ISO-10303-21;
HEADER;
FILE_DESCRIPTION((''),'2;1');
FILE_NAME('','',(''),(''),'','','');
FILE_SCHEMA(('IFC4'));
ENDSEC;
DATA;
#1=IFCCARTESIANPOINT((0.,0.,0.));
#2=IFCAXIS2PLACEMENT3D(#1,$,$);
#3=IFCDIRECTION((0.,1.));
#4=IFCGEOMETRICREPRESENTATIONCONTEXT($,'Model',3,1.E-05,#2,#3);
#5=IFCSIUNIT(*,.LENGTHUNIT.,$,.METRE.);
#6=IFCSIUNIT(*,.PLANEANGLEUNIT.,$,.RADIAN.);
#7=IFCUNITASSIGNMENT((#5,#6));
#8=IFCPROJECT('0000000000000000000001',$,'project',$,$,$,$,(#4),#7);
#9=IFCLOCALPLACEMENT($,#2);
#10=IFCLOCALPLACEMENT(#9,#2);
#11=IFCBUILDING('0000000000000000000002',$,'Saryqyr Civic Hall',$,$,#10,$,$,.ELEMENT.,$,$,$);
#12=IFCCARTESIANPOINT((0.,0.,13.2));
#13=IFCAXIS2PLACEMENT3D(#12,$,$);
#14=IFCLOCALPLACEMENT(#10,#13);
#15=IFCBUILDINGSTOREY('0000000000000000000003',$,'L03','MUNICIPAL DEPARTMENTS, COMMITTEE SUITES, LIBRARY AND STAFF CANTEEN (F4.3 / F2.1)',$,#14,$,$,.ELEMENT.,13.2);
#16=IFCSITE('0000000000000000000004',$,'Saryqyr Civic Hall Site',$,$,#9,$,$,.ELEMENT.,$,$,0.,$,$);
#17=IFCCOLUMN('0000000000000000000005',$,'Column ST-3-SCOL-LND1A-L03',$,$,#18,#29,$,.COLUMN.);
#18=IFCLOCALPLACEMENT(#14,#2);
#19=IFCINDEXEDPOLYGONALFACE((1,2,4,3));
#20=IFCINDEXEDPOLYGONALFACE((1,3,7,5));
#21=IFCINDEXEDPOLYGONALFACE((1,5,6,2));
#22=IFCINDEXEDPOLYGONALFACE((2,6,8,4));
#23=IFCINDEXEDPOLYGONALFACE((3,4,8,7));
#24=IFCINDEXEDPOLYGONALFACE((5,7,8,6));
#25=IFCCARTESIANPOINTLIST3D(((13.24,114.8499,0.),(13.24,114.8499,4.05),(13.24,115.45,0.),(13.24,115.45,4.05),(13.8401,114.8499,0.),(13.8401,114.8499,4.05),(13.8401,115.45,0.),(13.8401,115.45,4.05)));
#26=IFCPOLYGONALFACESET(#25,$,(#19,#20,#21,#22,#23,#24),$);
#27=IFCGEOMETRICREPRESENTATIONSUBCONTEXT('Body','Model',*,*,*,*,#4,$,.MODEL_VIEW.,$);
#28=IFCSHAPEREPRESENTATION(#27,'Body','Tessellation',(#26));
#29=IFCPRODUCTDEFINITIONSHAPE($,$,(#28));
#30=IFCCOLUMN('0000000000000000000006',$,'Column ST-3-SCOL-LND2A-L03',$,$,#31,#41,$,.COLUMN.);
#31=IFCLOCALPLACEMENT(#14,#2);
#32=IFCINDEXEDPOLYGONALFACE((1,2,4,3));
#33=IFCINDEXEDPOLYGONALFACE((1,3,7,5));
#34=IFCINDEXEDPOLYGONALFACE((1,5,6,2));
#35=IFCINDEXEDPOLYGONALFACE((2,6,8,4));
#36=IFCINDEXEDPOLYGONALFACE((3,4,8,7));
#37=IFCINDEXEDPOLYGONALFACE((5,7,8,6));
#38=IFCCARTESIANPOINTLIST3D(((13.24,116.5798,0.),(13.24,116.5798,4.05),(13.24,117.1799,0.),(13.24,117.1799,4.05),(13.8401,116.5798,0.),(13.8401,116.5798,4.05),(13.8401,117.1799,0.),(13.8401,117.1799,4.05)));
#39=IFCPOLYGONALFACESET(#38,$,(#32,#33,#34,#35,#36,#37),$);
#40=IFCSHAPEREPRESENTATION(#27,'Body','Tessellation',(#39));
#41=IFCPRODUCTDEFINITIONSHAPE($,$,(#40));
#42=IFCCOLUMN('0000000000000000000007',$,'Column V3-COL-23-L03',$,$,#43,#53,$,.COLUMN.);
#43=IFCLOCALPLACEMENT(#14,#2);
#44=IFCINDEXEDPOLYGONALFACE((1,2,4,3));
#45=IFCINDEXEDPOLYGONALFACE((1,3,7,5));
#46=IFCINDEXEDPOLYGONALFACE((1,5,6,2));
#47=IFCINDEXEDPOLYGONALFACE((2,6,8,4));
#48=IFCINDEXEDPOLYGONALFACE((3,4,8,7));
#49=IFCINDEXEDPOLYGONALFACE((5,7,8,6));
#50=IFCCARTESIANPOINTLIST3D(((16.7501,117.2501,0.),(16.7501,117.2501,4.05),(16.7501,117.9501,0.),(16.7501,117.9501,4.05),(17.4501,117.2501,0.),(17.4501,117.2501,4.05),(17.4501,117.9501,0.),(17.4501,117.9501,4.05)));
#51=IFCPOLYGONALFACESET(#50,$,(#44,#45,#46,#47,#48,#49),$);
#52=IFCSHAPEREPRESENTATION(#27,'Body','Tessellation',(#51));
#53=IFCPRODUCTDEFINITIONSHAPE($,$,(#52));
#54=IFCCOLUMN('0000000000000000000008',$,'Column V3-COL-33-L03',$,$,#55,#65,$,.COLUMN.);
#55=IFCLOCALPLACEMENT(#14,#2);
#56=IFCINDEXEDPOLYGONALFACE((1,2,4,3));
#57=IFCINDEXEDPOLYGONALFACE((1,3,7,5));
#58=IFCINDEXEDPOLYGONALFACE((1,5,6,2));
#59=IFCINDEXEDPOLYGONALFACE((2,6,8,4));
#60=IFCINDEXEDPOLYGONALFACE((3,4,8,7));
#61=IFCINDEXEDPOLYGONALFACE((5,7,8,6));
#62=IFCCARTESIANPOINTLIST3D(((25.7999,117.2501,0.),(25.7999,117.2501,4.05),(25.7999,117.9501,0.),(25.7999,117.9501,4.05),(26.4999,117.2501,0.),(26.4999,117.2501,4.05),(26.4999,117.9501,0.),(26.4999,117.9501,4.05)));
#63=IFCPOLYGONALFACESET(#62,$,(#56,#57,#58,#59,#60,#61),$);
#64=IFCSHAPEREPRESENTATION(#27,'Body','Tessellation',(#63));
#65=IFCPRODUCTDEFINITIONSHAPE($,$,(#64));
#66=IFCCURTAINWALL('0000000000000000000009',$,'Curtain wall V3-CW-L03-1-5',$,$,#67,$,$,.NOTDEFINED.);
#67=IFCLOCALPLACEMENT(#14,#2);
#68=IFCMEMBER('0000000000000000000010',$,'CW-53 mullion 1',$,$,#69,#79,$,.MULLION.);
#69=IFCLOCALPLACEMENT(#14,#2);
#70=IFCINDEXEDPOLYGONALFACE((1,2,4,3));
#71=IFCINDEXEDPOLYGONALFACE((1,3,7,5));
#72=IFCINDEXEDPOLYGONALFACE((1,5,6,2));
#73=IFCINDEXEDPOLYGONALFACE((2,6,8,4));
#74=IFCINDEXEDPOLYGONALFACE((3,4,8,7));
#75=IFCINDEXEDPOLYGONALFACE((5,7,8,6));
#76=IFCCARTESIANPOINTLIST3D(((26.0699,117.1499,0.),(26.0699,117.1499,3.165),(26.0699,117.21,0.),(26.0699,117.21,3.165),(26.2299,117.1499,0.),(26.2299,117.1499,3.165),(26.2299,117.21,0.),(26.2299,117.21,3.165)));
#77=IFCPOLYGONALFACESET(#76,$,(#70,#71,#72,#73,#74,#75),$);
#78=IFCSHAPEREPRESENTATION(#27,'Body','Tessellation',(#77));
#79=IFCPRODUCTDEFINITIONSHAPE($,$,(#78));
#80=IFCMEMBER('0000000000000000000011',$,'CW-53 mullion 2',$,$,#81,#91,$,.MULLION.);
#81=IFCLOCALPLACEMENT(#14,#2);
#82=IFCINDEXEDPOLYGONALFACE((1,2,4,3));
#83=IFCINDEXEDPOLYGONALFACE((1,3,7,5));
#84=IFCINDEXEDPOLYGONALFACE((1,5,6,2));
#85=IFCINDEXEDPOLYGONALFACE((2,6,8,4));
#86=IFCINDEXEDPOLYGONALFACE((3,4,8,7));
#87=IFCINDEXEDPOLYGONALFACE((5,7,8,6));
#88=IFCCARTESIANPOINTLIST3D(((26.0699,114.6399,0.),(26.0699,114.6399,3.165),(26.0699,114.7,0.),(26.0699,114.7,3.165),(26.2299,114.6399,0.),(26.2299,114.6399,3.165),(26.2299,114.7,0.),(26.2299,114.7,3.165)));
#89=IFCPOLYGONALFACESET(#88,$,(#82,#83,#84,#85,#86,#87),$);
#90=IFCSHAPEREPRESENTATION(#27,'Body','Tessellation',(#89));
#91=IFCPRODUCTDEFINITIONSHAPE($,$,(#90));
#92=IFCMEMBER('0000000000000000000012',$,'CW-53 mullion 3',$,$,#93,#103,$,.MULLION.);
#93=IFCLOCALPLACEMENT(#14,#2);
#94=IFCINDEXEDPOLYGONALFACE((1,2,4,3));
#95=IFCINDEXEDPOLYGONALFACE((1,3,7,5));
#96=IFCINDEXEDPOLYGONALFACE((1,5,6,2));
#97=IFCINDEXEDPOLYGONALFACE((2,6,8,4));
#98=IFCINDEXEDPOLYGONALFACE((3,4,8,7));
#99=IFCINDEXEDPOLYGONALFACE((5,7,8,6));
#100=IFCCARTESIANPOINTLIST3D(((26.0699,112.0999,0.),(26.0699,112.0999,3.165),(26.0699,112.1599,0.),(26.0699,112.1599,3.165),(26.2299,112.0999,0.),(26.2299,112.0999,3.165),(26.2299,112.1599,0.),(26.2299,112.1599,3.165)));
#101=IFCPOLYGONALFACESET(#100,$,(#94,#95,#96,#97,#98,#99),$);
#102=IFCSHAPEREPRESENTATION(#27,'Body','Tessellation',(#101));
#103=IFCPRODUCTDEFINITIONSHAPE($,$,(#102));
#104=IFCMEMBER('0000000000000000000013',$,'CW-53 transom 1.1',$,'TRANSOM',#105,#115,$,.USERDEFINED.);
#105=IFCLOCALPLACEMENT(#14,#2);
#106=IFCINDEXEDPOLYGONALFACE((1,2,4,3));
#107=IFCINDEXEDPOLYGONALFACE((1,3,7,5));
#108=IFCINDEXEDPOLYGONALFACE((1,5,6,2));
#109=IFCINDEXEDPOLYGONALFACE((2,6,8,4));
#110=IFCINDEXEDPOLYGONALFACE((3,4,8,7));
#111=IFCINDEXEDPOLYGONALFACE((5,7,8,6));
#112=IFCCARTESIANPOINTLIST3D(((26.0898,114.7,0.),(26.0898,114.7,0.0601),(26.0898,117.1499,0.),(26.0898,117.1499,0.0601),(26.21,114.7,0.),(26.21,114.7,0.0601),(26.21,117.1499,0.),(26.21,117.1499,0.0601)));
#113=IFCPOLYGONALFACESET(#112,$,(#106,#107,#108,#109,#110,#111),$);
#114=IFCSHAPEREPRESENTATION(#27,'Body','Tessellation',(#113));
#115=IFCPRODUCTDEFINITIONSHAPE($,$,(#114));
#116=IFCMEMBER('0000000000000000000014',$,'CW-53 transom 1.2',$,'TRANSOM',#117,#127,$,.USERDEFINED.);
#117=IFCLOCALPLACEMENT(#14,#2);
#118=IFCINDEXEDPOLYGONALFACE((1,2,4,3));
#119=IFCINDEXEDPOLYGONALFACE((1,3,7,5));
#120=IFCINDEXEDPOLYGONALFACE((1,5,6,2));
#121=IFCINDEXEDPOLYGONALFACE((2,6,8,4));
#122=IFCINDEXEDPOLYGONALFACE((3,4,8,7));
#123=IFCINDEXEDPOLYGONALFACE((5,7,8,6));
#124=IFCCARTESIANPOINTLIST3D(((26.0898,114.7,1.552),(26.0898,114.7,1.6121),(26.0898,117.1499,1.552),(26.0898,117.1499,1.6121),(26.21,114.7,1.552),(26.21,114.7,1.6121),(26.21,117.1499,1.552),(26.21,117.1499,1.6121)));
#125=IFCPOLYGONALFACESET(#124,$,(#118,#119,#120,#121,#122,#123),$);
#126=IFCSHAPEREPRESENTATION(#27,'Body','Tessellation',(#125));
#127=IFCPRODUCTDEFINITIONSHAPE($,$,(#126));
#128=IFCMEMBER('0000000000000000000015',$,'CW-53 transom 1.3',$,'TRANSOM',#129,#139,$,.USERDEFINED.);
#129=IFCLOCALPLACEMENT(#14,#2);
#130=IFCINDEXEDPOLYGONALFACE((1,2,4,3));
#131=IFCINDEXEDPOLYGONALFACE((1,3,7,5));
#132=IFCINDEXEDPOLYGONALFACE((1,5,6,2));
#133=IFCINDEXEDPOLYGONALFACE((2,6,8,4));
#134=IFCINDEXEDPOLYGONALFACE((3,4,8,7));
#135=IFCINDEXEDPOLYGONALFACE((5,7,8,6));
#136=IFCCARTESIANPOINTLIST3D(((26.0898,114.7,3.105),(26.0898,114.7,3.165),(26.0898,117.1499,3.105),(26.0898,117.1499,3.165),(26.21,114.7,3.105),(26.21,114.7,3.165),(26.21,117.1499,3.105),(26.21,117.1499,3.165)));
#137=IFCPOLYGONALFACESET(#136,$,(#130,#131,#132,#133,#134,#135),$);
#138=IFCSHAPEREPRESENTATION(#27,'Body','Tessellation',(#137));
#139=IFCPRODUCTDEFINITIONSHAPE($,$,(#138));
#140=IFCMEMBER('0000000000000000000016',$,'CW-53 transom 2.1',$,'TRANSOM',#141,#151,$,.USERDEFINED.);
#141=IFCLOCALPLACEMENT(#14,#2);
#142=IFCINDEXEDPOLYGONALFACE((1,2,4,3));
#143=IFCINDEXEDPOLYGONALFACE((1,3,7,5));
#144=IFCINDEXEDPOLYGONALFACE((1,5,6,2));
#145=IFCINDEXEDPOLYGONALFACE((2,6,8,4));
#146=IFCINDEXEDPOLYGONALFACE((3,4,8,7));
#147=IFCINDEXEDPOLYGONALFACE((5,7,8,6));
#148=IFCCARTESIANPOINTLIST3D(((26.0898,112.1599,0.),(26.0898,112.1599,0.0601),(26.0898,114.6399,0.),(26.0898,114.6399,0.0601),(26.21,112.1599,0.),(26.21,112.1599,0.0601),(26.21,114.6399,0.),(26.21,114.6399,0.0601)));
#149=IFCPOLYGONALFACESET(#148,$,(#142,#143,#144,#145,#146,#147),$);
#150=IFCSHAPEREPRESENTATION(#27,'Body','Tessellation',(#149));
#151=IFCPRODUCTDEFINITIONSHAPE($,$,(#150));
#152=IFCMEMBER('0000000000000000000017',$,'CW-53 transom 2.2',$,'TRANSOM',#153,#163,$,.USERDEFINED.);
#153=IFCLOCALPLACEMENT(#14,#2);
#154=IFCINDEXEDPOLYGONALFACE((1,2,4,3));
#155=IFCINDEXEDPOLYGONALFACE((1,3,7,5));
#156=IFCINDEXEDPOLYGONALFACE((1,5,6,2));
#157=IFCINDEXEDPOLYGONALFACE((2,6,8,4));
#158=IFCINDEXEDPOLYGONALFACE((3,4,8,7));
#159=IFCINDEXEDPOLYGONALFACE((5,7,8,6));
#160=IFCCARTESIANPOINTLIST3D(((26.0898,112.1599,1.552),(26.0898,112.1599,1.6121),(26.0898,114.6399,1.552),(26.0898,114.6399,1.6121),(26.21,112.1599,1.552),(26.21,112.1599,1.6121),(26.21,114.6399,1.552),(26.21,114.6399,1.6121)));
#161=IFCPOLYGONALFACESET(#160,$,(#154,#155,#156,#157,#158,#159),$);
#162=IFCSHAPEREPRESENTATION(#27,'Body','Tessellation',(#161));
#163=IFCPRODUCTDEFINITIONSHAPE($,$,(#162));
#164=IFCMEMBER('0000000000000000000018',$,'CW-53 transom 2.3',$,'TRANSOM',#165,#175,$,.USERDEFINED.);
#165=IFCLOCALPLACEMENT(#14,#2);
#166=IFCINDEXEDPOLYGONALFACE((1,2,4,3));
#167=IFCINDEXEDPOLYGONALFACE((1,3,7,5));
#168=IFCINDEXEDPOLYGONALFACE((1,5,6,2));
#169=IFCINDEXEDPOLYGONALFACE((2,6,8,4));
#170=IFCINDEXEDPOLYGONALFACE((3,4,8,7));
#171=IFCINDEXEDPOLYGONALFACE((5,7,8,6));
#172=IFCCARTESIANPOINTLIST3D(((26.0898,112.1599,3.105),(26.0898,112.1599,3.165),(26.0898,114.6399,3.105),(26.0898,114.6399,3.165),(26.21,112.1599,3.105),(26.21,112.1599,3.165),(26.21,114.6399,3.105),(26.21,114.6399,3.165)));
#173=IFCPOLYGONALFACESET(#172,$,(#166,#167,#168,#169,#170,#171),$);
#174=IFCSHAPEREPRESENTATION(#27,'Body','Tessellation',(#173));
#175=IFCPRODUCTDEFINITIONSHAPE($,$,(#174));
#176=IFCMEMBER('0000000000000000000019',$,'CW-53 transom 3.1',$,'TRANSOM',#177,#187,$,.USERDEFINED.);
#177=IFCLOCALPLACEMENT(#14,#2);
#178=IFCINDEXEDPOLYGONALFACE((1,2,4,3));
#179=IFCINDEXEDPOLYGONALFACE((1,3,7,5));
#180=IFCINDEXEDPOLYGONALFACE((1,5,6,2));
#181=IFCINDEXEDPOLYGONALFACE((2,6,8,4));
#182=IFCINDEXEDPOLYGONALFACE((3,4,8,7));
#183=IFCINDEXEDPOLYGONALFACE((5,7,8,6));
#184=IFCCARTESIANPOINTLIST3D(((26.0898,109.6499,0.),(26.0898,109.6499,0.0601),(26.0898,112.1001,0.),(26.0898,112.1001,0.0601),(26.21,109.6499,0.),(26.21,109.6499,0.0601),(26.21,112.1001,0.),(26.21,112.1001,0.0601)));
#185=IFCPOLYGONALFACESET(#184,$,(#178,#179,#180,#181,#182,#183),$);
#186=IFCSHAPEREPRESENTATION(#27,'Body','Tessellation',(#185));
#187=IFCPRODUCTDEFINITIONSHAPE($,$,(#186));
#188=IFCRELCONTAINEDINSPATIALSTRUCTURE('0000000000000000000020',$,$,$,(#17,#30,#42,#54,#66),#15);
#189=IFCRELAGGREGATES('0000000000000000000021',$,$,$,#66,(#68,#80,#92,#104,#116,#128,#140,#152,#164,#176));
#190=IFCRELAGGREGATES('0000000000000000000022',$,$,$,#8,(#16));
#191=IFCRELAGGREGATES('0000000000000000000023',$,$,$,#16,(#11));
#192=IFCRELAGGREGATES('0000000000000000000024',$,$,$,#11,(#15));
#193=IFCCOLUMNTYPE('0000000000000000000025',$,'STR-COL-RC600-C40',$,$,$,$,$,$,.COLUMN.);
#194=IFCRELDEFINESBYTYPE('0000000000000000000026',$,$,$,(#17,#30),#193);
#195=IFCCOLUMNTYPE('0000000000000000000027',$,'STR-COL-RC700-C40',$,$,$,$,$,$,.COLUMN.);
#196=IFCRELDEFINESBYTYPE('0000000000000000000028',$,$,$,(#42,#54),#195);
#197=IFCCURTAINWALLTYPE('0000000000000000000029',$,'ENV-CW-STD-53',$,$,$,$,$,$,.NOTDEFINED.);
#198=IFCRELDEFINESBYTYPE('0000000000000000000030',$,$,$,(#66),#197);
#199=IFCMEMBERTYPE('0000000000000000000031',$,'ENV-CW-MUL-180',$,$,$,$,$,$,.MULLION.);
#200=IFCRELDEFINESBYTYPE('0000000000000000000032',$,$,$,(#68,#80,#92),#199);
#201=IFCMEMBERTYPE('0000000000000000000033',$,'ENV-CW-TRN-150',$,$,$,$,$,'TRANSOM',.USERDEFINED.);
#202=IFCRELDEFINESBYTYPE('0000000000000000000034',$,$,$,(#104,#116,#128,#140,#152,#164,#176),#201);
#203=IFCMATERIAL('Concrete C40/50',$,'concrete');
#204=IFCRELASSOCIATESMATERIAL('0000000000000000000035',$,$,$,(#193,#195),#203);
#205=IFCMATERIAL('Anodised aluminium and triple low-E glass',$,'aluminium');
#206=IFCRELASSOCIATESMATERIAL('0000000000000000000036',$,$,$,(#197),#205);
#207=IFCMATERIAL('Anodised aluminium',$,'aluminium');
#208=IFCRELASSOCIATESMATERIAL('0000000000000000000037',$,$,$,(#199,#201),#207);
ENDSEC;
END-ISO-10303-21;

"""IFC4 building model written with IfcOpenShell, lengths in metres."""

from ifc_helpers import new_model, si_unit, direction, frame, origin, origin_2d, place, context, subcontext, project, spatial, rectangle, extrude, material, material_profile, profile_set, type_object, element, aggregate, save


model = new_model("IFC4")

# Units and contexts
model_context = context("Model", 3, precision=1e-05, world=origin(), true_north=direction((0.0, 1.0)))
body_context = subcontext(model_context, "Body", "Model", "MODEL_VIEW")
ifc_project = project(units=[si_unit("LENGTHUNIT", "METRE"), si_unit("PLANEANGLEUNIT", "RADIAN")], contexts=[model_context])

# Site, building, storey
site_placement = place(None, origin())
site = spatial("IfcSite", under=ifc_project, at=site_placement, Name="Saryqyr Civic Hall Site", CompositionType="ELEMENT", RefElevation=0.0)
building_placement = place(site_placement, origin())
building = spatial("IfcBuilding", under=site, at=building_placement, Name="Saryqyr Civic Hall", CompositionType="ELEMENT")
storey_placement = place(building_placement, frame((0.0, 0.0, 13.2)))
storey = spatial("IfcBuildingStorey", under=building, at=storey_placement, Name="L03", Description="MUNICIPAL DEPARTMENTS, COMMITTEE SUITES, LIBRARY AND STAFF CANTEEN (F4.3 / F2.1)", CompositionType="ELEMENT", Elevation=13.2)

# Columns
ifc_material_1 = material(Name="Concrete C40/50", Category="concrete")
ifc_material_profile_1 = material_profile(ifc_material_1, rectangle(XDim=0.6001, YDim=0.6001, at=origin_2d()), Name="RC 600x600")
ifc_profile_set_1 = profile_set([ifc_material_profile_1], Name="Concrete C40/50")
column_type_1 = type_object("IfcColumnType", Name="STR-COL-RC600-C40", PredefinedType="COLUMN", material=ifc_profile_set_1)
for number, where, z_axis, x_axis, name in (
    (1, (13.54, 115.1499, 0.0), (0.0, 0.0, 1.0), (1.0, 0.0, 0.0), "Column ST-3-SCOL-LND1A-L03"),
    (2, (13.54, 116.8799, 0.0), (0.0, 0.0, 1.0), (1.0, 0.0, 0.0), "Column ST-3-SCOL-LND2A-L03"),
):
    element("IfcColumn", number, at=place(storey_placement, frame(where, z_axis=z_axis, x_axis=x_axis)), inside=storey, type_object=column_type_1, Name=name, PredefinedType="COLUMN", context=body_context, shape_type="SweptSolid", body=[
        extrude(rectangle(XDim=0.6001, YDim=0.6001, at=origin_2d()), origin(), (0.0, 0.0, 1.0), 4.05),
    ])
ifc_material_profile_2 = material_profile(ifc_material_1, rectangle(XDim=0.7, YDim=0.7, at=origin_2d()), Name="RC 700x700")
ifc_profile_set_2 = profile_set([ifc_material_profile_2], Name="Concrete C40/50")
column_type_2 = type_object("IfcColumnType", Name="STR-COL-RC700-C40", PredefinedType="COLUMN", material=ifc_profile_set_2)
for number, where, z_axis, x_axis, name in (
    (3, (17.1001, 117.6001, 0.0), (0.0, 0.0, 1.0), (1.0, 0.0, 0.0), "Column V3-COL-23-L03"),
    (4, (26.1499, 117.6001, 0.0), (0.0, 0.0, 1.0), (1.0, 0.0, 0.0), "Column V3-COL-33-L03"),
):
    element("IfcColumn", number, at=place(storey_placement, frame(where, z_axis=z_axis, x_axis=x_axis)), inside=storey, type_object=column_type_2, Name=name, PredefinedType="COLUMN", context=body_context, shape_type="SweptSolid", body=[
        extrude(rectangle(XDim=0.7, YDim=0.7, at=origin_2d()), origin(), (0.0, 0.0, 1.0), 4.05),
    ])

# Curtain wall, members
ifc_material_2 = material(Name="Anodised aluminium and triple low-E glass", Category="aluminium")
curtain_wall_type = type_object("IfcCurtainWallType", Name="ENV-CW-STD-53", PredefinedType="NOTDEFINED", material=ifc_material_2)
curtain_wall_placement = place(storey_placement, origin())
curtain_wall = element("IfcCurtainWall", 5, at=curtain_wall_placement, inside=storey, type_object=curtain_wall_type, Name="Curtain wall V3-CW-L03-1-5", PredefinedType="NOTDEFINED")
ifc_material_3 = material(Name="Anodised aluminium", Category="aluminium")
ifc_material_profile_3 = material_profile(ifc_material_3, rectangle(XDim=0.0601, YDim=0.1599, at=origin_2d()), Name="ALU MULLION 60x160")
ifc_profile_set_3 = profile_set([ifc_material_profile_3], Name="Anodised aluminium")
member_type_1 = type_object("IfcMemberType", Name="ENV-CW-MUL-180", PredefinedType="MULLION", material=ifc_profile_set_3)
member_1_placement = place(storey_placement, frame((26.1499, 117.1799, 0.0), z_axis=(0.0, 0.0, 1.0), x_axis=(0.0, -1.0, 0.0)))
member_1 = element("IfcMember", 6, at=member_1_placement, type_object=member_type_1, Name="CW-53 mullion 1", PredefinedType="MULLION", context=body_context, shape_type="SweptSolid", body=[
    extrude(rectangle(XDim=0.0601, YDim=0.1599, at=origin_2d()), origin(), (0.0, 0.0, 1.0), 3.165),
])
member_2_placement = place(storey_placement, frame((26.1499, 114.6699, 0.0), z_axis=(0.0, 0.0, 1.0), x_axis=(0.0, -1.0, 0.0)))
member_2 = element("IfcMember", 7, at=member_2_placement, type_object=member_type_1, Name="CW-53 mullion 2", PredefinedType="MULLION", context=body_context, shape_type="SweptSolid", body=[
    extrude(rectangle(XDim=0.0601, YDim=0.1599, at=origin_2d()), origin(), (0.0, 0.0, 1.0), 3.165),
])
member_3_placement = place(storey_placement, frame((26.1499, 112.1299, 0.0), z_axis=(0.0, 0.0, 1.0), x_axis=(0.0, -1.0, 0.0)))
member_3 = element("IfcMember", 8, at=member_3_placement, type_object=member_type_1, Name="CW-53 mullion 3", PredefinedType="MULLION", context=body_context, shape_type="SweptSolid", body=[
    extrude(rectangle(XDim=0.0601, YDim=0.1599, at=origin_2d()), origin(), (0.0, 0.0, 1.0), 3.165),
])
ifc_material_profile_4 = material_profile(ifc_material_3, rectangle(XDim=0.1201, YDim=0.0601, at=origin_2d()), Name="ALU TRANSOM 120x60")
ifc_profile_set_4 = profile_set([ifc_material_profile_4], Name="Anodised aluminium")
member_type_2 = type_object("IfcMemberType", Name="ENV-CW-TRN-150", ElementType="TRANSOM", PredefinedType="USERDEFINED", material=ifc_profile_set_4)
member_4_placement = place(storey_placement, frame((26.1499, 117.1499, 0.03), z_axis=(0.0, -1.0, 0.0), x_axis=(1.0, 0.0, 0.0)))
member_4 = element("IfcMember", 9, at=member_4_placement, type_object=member_type_2, Name="CW-53 transom 1.1", ObjectType="TRANSOM", PredefinedType="USERDEFINED", context=body_context, shape_type="SweptSolid", body=[
    extrude(rectangle(XDim=0.1201, YDim=0.0601, at=origin_2d()), origin(), (0.0, 0.0, 1.0), 2.45),
])
member_5_placement = place(storey_placement, frame((26.1499, 117.1499, 1.582), z_axis=(0.0, -1.0, 0.0), x_axis=(1.0, 0.0, 0.0)))
member_5 = element("IfcMember", 10, at=member_5_placement, type_object=member_type_2, Name="CW-53 transom 1.2", ObjectType="TRANSOM", PredefinedType="USERDEFINED", context=body_context, shape_type="SweptSolid", body=[
    extrude(rectangle(XDim=0.1201, YDim=0.0601, at=origin_2d()), origin(), (0.0, 0.0, 1.0), 2.45),
])
member_6_placement = place(storey_placement, frame((26.1499, 117.1499, 3.135), z_axis=(0.0, -1.0, 0.0), x_axis=(1.0, 0.0, 0.0)))
member_6 = element("IfcMember", 11, at=member_6_placement, type_object=member_type_2, Name="CW-53 transom 1.3", ObjectType="TRANSOM", PredefinedType="USERDEFINED", context=body_context, shape_type="SweptSolid", body=[
    extrude(rectangle(XDim=0.1201, YDim=0.0601, at=origin_2d()), origin(), (0.0, 0.0, 1.0), 2.45),
])
member_7_placement = place(storey_placement, frame((26.1499, 114.6399, 0.03), z_axis=(0.0, -1.0, 0.0), x_axis=(1.0, 0.0, 0.0)))
member_7 = element("IfcMember", 12, at=member_7_placement, type_object=member_type_2, Name="CW-53 transom 2.1", ObjectType="TRANSOM", PredefinedType="USERDEFINED", context=body_context, shape_type="SweptSolid", body=[
    extrude(rectangle(XDim=0.1201, YDim=0.0601, at=origin_2d()), origin(), (0.0, 0.0, 1.0), 2.48),
])
member_8_placement = place(storey_placement, frame((26.1499, 114.6399, 1.582), z_axis=(0.0, -1.0, 0.0), x_axis=(1.0, 0.0, 0.0)))
member_8 = element("IfcMember", 13, at=member_8_placement, type_object=member_type_2, Name="CW-53 transom 2.2", ObjectType="TRANSOM", PredefinedType="USERDEFINED", context=body_context, shape_type="SweptSolid", body=[
    extrude(rectangle(XDim=0.1201, YDim=0.0601, at=origin_2d()), origin(), (0.0, 0.0, 1.0), 2.48),
])
member_9_placement = place(storey_placement, frame((26.1499, 114.6399, 3.135), z_axis=(0.0, -1.0, 0.0), x_axis=(1.0, 0.0, 0.0)))
member_9 = element("IfcMember", 14, at=member_9_placement, type_object=member_type_2, Name="CW-53 transom 2.3", ObjectType="TRANSOM", PredefinedType="USERDEFINED", context=body_context, shape_type="SweptSolid", body=[
    extrude(rectangle(XDim=0.1201, YDim=0.0601, at=origin_2d()), origin(), (0.0, 0.0, 1.0), 2.48),
])
member_10_placement = place(storey_placement, frame((26.1499, 112.1001, 0.03), z_axis=(0.0, -1.0, 0.0), x_axis=(1.0, 0.0, 0.0)))
member_10 = element("IfcMember", 15, at=member_10_placement, type_object=member_type_2, Name="CW-53 transom 3.1", ObjectType="TRANSOM", PredefinedType="USERDEFINED", context=body_context, shape_type="SweptSolid", body=[
    extrude(rectangle(XDim=0.1201, YDim=0.0601, at=origin_2d()), origin(), (0.0, 0.0, 1.0), 2.4502),
])

aggregate(curtain_wall, [member_1, member_2, member_3, member_4, member_5, member_6, member_7, member_8, member_9, member_10])

save(model, "model.ifc")
